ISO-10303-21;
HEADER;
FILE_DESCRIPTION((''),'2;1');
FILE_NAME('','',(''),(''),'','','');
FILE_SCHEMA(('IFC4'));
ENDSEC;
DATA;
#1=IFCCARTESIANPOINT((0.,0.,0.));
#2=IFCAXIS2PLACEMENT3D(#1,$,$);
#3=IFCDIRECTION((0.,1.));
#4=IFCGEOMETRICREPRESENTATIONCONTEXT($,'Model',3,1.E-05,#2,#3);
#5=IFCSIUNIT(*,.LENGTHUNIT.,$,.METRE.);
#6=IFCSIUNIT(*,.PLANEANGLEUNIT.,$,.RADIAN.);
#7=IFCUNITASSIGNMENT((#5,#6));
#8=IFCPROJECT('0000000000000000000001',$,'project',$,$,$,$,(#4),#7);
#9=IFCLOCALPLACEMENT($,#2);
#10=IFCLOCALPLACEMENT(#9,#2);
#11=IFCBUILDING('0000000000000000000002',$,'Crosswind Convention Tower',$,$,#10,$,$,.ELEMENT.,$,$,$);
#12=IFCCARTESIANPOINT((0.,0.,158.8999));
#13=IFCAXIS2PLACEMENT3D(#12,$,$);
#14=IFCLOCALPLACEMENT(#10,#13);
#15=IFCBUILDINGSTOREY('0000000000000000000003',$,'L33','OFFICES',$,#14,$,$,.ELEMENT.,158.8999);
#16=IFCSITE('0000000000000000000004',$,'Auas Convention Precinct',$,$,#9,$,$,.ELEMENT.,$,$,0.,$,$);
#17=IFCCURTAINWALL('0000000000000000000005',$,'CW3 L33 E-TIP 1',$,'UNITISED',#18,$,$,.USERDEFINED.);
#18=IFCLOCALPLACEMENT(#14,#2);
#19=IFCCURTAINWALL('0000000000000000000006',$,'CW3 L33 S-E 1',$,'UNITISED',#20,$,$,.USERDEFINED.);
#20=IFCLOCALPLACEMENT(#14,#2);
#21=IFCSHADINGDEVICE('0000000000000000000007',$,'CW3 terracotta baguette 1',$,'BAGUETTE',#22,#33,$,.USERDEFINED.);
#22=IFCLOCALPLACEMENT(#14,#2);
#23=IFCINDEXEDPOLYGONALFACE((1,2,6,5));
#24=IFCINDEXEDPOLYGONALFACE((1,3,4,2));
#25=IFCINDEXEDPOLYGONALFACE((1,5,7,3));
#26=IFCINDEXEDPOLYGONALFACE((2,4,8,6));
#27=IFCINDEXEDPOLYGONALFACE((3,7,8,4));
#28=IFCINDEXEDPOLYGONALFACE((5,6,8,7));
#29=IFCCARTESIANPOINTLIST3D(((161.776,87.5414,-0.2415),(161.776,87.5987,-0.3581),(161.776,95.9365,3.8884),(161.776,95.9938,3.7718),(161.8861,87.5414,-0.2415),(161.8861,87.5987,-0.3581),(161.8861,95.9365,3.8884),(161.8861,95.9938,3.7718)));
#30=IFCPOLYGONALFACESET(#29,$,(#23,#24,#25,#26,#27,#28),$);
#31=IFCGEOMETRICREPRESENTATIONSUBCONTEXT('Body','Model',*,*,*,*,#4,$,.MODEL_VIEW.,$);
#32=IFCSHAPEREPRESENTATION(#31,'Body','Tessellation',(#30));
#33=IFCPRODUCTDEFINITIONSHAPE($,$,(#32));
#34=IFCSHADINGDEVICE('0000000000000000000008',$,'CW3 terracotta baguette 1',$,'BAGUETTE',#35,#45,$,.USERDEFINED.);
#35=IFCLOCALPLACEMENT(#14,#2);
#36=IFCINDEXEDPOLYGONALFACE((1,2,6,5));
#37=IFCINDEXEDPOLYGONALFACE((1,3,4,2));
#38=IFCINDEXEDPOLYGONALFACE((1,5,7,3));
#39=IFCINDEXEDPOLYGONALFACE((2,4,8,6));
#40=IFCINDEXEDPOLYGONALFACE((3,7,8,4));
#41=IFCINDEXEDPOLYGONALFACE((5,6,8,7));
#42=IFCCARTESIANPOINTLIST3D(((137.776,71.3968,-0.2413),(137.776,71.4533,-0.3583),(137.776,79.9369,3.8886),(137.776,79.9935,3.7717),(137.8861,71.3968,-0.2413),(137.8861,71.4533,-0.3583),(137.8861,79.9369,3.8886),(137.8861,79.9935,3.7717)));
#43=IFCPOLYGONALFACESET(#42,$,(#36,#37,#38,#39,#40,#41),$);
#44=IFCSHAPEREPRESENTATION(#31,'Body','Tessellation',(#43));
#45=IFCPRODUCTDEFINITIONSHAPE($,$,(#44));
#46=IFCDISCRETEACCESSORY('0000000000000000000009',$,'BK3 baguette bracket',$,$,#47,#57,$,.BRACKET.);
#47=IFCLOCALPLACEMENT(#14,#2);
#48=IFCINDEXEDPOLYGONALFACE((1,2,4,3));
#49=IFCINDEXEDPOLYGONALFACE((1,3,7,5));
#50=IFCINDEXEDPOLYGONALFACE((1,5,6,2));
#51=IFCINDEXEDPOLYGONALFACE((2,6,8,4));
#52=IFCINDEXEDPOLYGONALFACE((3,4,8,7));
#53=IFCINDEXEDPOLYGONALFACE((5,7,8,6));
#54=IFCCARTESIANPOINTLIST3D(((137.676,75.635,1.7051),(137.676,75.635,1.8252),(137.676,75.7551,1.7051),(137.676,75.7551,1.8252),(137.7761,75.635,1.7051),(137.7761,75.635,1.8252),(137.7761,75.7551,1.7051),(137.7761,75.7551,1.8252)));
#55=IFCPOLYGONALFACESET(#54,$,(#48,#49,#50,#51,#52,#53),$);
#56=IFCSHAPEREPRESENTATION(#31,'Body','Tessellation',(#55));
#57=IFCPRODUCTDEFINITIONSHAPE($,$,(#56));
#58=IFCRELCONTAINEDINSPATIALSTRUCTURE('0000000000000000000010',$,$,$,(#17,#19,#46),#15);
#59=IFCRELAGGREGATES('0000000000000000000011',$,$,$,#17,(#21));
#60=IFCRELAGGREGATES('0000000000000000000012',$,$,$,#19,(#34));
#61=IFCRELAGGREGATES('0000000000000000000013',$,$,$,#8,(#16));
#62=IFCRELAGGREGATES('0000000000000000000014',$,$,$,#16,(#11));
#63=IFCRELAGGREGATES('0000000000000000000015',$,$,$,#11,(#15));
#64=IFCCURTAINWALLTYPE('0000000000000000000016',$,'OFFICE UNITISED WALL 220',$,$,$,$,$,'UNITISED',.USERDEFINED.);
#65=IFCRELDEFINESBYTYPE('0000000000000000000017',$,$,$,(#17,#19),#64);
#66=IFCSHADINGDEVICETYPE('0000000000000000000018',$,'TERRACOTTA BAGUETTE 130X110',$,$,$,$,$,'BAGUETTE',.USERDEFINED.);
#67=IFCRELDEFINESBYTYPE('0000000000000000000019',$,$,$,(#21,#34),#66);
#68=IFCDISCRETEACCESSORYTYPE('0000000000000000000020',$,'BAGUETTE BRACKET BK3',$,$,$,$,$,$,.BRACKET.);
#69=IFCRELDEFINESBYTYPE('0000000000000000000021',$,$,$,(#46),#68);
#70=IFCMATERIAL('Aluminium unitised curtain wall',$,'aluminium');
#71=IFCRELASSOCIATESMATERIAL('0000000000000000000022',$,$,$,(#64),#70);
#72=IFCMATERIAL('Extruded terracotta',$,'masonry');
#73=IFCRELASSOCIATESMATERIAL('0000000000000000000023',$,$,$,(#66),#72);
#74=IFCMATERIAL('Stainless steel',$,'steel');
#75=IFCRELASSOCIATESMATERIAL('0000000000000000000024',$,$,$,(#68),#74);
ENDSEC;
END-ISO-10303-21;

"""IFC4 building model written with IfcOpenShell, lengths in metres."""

from ifc_helpers import new_model, si_unit, direction, frame, origin, origin_2d, place, context, subcontext, project, spatial, rectangle, extrude, material, material_profile, profile_set, type_object, element, aggregate, save


model = new_model("IFC4")

# Units and contexts
model_context = context("Model", 3, precision=1e-05, world=origin(), true_north=direction((0.0, 1.0)))
body_context = subcontext(model_context, "Body", "Model", "MODEL_VIEW")
ifc_project = project(units=[si_unit("LENGTHUNIT", "METRE"), si_unit("PLANEANGLEUNIT", "RADIAN")], contexts=[model_context])

# Site, building, storey
site_placement = place(None, origin())
site = spatial("IfcSite", under=ifc_project, at=site_placement, Name="Auas Convention Precinct", CompositionType="ELEMENT", RefElevation=0.0)
building_placement = place(site_placement, origin())
building = spatial("IfcBuilding", under=site, at=building_placement, Name="Crosswind Convention Tower", CompositionType="ELEMENT")
storey_placement = place(building_placement, frame((0.0, 0.0, 158.8999)))
storey = spatial("IfcBuildingStorey", under=building, at=storey_placement, Name="L33", Description="OFFICES", CompositionType="ELEMENT", Elevation=158.8999)

# Shared definitions
ifc_material_1 = material(Name="Aluminium unitised curtain wall", Category="aluminium")

# Curtain walls
curtain_wall_type_1 = type_object("IfcCurtainWallType", Name="OFFICE UNITISED WALL 220", ElementType="UNITISED", PredefinedType="USERDEFINED", material=ifc_material_1)
curtain_wall_1_placement = place(storey_placement, origin())
curtain_wall_1 = element("IfcCurtainWall", 1, at=curtain_wall_1_placement, inside=storey, type_object=curtain_wall_type_1, Name="CW3 L33 E-TIP 1", ObjectType="UNITISED", PredefinedType="USERDEFINED")
curtain_wall_2_placement = place(storey_placement, origin())
curtain_wall_2 = element("IfcCurtainWall", 2, at=curtain_wall_2_placement, inside=storey, type_object=curtain_wall_type_1, Name="CW3 L33 S-E 1", ObjectType="UNITISED", PredefinedType="USERDEFINED")

# Shading devices
ifc_material_2 = material(Name="Extruded terracotta", Category="masonry")
ifc_material_profile_1 = material_profile(ifc_material_2, rectangle(XDim=0.1101, YDim=0.1299, at=origin_2d()), Name="TC 110X130")
ifc_profile_set_1 = profile_set([ifc_material_profile_1], Name="Extruded terracotta")
shading_device_type = type_object("IfcShadingDeviceType", Name="TERRACOTTA BAGUETTE 130X110", ElementType="BAGUETTE", PredefinedType="USERDEFINED", material=ifc_profile_set_1)
shading_device_1_placement = place(storey_placement, frame((161.8311, 87.5701, -0.2998), z_axis=(0.0, 0.8973, 0.441422), x_axis=(-1.0, 0.0, 0.0)))
shading_device_1 = element("IfcShadingDevice", 3, at=shading_device_1_placement, type_object=shading_device_type, Name="CW3 terracotta baguette 1", ObjectType="BAGUETTE", PredefinedType="USERDEFINED", context=body_context, shape_type="SweptSolid", body=[
    extrude(rectangle(XDim=0.1101, YDim=0.1299, at=origin_2d()), origin(), (0.0, 0.0, 1.0), 9.356),
])
aggregate(curtain_wall_1, [shading_device_1])
shading_device_2_placement = place(storey_placement, frame((137.8311, 71.425, -0.2998), z_axis=(0.0, 0.900258, 0.435356), x_axis=(-1.0, 0.0, 0.0)))
shading_device_2 = element("IfcShadingDevice", 4, at=shading_device_2_placement, type_object=shading_device_type, Name="CW3 terracotta baguette 1", ObjectType="BAGUETTE", PredefinedType="USERDEFINED", context=body_context, shape_type="SweptSolid", body=[
    extrude(rectangle(XDim=0.1101, YDim=0.1299, at=origin_2d()), origin(), (0.0, 0.0, 1.0), 9.4863),
])
aggregate(curtain_wall_2, [shading_device_2])

# Discrete accessory
ifc_material_3 = material(Name="Stainless steel", Category="steel")
discrete_accessory_type = type_object("IfcDiscreteAccessoryType", Name="BAGUETTE BRACKET BK3", PredefinedType="BRACKET", material=ifc_material_3)
discrete_accessory_placement = place(storey_placement, frame((137.7261, 75.6951, 1.7051), z_axis=(0.0, 0.0, 1.0), x_axis=(0.0, 1.0, 0.0)))
element("IfcDiscreteAccessory", 5, at=discrete_accessory_placement, inside=storey, type_object=discrete_accessory_type, Name="BK3 baguette bracket", PredefinedType="BRACKET", context=body_context, shape_type="SweptSolid", body=[
    extrude(rectangle(XDim=0.1201, YDim=0.1001, at=origin_2d()), origin(), (0.0, 0.0, 1.0), 0.1201),
])

save(model, "model.ifc")
